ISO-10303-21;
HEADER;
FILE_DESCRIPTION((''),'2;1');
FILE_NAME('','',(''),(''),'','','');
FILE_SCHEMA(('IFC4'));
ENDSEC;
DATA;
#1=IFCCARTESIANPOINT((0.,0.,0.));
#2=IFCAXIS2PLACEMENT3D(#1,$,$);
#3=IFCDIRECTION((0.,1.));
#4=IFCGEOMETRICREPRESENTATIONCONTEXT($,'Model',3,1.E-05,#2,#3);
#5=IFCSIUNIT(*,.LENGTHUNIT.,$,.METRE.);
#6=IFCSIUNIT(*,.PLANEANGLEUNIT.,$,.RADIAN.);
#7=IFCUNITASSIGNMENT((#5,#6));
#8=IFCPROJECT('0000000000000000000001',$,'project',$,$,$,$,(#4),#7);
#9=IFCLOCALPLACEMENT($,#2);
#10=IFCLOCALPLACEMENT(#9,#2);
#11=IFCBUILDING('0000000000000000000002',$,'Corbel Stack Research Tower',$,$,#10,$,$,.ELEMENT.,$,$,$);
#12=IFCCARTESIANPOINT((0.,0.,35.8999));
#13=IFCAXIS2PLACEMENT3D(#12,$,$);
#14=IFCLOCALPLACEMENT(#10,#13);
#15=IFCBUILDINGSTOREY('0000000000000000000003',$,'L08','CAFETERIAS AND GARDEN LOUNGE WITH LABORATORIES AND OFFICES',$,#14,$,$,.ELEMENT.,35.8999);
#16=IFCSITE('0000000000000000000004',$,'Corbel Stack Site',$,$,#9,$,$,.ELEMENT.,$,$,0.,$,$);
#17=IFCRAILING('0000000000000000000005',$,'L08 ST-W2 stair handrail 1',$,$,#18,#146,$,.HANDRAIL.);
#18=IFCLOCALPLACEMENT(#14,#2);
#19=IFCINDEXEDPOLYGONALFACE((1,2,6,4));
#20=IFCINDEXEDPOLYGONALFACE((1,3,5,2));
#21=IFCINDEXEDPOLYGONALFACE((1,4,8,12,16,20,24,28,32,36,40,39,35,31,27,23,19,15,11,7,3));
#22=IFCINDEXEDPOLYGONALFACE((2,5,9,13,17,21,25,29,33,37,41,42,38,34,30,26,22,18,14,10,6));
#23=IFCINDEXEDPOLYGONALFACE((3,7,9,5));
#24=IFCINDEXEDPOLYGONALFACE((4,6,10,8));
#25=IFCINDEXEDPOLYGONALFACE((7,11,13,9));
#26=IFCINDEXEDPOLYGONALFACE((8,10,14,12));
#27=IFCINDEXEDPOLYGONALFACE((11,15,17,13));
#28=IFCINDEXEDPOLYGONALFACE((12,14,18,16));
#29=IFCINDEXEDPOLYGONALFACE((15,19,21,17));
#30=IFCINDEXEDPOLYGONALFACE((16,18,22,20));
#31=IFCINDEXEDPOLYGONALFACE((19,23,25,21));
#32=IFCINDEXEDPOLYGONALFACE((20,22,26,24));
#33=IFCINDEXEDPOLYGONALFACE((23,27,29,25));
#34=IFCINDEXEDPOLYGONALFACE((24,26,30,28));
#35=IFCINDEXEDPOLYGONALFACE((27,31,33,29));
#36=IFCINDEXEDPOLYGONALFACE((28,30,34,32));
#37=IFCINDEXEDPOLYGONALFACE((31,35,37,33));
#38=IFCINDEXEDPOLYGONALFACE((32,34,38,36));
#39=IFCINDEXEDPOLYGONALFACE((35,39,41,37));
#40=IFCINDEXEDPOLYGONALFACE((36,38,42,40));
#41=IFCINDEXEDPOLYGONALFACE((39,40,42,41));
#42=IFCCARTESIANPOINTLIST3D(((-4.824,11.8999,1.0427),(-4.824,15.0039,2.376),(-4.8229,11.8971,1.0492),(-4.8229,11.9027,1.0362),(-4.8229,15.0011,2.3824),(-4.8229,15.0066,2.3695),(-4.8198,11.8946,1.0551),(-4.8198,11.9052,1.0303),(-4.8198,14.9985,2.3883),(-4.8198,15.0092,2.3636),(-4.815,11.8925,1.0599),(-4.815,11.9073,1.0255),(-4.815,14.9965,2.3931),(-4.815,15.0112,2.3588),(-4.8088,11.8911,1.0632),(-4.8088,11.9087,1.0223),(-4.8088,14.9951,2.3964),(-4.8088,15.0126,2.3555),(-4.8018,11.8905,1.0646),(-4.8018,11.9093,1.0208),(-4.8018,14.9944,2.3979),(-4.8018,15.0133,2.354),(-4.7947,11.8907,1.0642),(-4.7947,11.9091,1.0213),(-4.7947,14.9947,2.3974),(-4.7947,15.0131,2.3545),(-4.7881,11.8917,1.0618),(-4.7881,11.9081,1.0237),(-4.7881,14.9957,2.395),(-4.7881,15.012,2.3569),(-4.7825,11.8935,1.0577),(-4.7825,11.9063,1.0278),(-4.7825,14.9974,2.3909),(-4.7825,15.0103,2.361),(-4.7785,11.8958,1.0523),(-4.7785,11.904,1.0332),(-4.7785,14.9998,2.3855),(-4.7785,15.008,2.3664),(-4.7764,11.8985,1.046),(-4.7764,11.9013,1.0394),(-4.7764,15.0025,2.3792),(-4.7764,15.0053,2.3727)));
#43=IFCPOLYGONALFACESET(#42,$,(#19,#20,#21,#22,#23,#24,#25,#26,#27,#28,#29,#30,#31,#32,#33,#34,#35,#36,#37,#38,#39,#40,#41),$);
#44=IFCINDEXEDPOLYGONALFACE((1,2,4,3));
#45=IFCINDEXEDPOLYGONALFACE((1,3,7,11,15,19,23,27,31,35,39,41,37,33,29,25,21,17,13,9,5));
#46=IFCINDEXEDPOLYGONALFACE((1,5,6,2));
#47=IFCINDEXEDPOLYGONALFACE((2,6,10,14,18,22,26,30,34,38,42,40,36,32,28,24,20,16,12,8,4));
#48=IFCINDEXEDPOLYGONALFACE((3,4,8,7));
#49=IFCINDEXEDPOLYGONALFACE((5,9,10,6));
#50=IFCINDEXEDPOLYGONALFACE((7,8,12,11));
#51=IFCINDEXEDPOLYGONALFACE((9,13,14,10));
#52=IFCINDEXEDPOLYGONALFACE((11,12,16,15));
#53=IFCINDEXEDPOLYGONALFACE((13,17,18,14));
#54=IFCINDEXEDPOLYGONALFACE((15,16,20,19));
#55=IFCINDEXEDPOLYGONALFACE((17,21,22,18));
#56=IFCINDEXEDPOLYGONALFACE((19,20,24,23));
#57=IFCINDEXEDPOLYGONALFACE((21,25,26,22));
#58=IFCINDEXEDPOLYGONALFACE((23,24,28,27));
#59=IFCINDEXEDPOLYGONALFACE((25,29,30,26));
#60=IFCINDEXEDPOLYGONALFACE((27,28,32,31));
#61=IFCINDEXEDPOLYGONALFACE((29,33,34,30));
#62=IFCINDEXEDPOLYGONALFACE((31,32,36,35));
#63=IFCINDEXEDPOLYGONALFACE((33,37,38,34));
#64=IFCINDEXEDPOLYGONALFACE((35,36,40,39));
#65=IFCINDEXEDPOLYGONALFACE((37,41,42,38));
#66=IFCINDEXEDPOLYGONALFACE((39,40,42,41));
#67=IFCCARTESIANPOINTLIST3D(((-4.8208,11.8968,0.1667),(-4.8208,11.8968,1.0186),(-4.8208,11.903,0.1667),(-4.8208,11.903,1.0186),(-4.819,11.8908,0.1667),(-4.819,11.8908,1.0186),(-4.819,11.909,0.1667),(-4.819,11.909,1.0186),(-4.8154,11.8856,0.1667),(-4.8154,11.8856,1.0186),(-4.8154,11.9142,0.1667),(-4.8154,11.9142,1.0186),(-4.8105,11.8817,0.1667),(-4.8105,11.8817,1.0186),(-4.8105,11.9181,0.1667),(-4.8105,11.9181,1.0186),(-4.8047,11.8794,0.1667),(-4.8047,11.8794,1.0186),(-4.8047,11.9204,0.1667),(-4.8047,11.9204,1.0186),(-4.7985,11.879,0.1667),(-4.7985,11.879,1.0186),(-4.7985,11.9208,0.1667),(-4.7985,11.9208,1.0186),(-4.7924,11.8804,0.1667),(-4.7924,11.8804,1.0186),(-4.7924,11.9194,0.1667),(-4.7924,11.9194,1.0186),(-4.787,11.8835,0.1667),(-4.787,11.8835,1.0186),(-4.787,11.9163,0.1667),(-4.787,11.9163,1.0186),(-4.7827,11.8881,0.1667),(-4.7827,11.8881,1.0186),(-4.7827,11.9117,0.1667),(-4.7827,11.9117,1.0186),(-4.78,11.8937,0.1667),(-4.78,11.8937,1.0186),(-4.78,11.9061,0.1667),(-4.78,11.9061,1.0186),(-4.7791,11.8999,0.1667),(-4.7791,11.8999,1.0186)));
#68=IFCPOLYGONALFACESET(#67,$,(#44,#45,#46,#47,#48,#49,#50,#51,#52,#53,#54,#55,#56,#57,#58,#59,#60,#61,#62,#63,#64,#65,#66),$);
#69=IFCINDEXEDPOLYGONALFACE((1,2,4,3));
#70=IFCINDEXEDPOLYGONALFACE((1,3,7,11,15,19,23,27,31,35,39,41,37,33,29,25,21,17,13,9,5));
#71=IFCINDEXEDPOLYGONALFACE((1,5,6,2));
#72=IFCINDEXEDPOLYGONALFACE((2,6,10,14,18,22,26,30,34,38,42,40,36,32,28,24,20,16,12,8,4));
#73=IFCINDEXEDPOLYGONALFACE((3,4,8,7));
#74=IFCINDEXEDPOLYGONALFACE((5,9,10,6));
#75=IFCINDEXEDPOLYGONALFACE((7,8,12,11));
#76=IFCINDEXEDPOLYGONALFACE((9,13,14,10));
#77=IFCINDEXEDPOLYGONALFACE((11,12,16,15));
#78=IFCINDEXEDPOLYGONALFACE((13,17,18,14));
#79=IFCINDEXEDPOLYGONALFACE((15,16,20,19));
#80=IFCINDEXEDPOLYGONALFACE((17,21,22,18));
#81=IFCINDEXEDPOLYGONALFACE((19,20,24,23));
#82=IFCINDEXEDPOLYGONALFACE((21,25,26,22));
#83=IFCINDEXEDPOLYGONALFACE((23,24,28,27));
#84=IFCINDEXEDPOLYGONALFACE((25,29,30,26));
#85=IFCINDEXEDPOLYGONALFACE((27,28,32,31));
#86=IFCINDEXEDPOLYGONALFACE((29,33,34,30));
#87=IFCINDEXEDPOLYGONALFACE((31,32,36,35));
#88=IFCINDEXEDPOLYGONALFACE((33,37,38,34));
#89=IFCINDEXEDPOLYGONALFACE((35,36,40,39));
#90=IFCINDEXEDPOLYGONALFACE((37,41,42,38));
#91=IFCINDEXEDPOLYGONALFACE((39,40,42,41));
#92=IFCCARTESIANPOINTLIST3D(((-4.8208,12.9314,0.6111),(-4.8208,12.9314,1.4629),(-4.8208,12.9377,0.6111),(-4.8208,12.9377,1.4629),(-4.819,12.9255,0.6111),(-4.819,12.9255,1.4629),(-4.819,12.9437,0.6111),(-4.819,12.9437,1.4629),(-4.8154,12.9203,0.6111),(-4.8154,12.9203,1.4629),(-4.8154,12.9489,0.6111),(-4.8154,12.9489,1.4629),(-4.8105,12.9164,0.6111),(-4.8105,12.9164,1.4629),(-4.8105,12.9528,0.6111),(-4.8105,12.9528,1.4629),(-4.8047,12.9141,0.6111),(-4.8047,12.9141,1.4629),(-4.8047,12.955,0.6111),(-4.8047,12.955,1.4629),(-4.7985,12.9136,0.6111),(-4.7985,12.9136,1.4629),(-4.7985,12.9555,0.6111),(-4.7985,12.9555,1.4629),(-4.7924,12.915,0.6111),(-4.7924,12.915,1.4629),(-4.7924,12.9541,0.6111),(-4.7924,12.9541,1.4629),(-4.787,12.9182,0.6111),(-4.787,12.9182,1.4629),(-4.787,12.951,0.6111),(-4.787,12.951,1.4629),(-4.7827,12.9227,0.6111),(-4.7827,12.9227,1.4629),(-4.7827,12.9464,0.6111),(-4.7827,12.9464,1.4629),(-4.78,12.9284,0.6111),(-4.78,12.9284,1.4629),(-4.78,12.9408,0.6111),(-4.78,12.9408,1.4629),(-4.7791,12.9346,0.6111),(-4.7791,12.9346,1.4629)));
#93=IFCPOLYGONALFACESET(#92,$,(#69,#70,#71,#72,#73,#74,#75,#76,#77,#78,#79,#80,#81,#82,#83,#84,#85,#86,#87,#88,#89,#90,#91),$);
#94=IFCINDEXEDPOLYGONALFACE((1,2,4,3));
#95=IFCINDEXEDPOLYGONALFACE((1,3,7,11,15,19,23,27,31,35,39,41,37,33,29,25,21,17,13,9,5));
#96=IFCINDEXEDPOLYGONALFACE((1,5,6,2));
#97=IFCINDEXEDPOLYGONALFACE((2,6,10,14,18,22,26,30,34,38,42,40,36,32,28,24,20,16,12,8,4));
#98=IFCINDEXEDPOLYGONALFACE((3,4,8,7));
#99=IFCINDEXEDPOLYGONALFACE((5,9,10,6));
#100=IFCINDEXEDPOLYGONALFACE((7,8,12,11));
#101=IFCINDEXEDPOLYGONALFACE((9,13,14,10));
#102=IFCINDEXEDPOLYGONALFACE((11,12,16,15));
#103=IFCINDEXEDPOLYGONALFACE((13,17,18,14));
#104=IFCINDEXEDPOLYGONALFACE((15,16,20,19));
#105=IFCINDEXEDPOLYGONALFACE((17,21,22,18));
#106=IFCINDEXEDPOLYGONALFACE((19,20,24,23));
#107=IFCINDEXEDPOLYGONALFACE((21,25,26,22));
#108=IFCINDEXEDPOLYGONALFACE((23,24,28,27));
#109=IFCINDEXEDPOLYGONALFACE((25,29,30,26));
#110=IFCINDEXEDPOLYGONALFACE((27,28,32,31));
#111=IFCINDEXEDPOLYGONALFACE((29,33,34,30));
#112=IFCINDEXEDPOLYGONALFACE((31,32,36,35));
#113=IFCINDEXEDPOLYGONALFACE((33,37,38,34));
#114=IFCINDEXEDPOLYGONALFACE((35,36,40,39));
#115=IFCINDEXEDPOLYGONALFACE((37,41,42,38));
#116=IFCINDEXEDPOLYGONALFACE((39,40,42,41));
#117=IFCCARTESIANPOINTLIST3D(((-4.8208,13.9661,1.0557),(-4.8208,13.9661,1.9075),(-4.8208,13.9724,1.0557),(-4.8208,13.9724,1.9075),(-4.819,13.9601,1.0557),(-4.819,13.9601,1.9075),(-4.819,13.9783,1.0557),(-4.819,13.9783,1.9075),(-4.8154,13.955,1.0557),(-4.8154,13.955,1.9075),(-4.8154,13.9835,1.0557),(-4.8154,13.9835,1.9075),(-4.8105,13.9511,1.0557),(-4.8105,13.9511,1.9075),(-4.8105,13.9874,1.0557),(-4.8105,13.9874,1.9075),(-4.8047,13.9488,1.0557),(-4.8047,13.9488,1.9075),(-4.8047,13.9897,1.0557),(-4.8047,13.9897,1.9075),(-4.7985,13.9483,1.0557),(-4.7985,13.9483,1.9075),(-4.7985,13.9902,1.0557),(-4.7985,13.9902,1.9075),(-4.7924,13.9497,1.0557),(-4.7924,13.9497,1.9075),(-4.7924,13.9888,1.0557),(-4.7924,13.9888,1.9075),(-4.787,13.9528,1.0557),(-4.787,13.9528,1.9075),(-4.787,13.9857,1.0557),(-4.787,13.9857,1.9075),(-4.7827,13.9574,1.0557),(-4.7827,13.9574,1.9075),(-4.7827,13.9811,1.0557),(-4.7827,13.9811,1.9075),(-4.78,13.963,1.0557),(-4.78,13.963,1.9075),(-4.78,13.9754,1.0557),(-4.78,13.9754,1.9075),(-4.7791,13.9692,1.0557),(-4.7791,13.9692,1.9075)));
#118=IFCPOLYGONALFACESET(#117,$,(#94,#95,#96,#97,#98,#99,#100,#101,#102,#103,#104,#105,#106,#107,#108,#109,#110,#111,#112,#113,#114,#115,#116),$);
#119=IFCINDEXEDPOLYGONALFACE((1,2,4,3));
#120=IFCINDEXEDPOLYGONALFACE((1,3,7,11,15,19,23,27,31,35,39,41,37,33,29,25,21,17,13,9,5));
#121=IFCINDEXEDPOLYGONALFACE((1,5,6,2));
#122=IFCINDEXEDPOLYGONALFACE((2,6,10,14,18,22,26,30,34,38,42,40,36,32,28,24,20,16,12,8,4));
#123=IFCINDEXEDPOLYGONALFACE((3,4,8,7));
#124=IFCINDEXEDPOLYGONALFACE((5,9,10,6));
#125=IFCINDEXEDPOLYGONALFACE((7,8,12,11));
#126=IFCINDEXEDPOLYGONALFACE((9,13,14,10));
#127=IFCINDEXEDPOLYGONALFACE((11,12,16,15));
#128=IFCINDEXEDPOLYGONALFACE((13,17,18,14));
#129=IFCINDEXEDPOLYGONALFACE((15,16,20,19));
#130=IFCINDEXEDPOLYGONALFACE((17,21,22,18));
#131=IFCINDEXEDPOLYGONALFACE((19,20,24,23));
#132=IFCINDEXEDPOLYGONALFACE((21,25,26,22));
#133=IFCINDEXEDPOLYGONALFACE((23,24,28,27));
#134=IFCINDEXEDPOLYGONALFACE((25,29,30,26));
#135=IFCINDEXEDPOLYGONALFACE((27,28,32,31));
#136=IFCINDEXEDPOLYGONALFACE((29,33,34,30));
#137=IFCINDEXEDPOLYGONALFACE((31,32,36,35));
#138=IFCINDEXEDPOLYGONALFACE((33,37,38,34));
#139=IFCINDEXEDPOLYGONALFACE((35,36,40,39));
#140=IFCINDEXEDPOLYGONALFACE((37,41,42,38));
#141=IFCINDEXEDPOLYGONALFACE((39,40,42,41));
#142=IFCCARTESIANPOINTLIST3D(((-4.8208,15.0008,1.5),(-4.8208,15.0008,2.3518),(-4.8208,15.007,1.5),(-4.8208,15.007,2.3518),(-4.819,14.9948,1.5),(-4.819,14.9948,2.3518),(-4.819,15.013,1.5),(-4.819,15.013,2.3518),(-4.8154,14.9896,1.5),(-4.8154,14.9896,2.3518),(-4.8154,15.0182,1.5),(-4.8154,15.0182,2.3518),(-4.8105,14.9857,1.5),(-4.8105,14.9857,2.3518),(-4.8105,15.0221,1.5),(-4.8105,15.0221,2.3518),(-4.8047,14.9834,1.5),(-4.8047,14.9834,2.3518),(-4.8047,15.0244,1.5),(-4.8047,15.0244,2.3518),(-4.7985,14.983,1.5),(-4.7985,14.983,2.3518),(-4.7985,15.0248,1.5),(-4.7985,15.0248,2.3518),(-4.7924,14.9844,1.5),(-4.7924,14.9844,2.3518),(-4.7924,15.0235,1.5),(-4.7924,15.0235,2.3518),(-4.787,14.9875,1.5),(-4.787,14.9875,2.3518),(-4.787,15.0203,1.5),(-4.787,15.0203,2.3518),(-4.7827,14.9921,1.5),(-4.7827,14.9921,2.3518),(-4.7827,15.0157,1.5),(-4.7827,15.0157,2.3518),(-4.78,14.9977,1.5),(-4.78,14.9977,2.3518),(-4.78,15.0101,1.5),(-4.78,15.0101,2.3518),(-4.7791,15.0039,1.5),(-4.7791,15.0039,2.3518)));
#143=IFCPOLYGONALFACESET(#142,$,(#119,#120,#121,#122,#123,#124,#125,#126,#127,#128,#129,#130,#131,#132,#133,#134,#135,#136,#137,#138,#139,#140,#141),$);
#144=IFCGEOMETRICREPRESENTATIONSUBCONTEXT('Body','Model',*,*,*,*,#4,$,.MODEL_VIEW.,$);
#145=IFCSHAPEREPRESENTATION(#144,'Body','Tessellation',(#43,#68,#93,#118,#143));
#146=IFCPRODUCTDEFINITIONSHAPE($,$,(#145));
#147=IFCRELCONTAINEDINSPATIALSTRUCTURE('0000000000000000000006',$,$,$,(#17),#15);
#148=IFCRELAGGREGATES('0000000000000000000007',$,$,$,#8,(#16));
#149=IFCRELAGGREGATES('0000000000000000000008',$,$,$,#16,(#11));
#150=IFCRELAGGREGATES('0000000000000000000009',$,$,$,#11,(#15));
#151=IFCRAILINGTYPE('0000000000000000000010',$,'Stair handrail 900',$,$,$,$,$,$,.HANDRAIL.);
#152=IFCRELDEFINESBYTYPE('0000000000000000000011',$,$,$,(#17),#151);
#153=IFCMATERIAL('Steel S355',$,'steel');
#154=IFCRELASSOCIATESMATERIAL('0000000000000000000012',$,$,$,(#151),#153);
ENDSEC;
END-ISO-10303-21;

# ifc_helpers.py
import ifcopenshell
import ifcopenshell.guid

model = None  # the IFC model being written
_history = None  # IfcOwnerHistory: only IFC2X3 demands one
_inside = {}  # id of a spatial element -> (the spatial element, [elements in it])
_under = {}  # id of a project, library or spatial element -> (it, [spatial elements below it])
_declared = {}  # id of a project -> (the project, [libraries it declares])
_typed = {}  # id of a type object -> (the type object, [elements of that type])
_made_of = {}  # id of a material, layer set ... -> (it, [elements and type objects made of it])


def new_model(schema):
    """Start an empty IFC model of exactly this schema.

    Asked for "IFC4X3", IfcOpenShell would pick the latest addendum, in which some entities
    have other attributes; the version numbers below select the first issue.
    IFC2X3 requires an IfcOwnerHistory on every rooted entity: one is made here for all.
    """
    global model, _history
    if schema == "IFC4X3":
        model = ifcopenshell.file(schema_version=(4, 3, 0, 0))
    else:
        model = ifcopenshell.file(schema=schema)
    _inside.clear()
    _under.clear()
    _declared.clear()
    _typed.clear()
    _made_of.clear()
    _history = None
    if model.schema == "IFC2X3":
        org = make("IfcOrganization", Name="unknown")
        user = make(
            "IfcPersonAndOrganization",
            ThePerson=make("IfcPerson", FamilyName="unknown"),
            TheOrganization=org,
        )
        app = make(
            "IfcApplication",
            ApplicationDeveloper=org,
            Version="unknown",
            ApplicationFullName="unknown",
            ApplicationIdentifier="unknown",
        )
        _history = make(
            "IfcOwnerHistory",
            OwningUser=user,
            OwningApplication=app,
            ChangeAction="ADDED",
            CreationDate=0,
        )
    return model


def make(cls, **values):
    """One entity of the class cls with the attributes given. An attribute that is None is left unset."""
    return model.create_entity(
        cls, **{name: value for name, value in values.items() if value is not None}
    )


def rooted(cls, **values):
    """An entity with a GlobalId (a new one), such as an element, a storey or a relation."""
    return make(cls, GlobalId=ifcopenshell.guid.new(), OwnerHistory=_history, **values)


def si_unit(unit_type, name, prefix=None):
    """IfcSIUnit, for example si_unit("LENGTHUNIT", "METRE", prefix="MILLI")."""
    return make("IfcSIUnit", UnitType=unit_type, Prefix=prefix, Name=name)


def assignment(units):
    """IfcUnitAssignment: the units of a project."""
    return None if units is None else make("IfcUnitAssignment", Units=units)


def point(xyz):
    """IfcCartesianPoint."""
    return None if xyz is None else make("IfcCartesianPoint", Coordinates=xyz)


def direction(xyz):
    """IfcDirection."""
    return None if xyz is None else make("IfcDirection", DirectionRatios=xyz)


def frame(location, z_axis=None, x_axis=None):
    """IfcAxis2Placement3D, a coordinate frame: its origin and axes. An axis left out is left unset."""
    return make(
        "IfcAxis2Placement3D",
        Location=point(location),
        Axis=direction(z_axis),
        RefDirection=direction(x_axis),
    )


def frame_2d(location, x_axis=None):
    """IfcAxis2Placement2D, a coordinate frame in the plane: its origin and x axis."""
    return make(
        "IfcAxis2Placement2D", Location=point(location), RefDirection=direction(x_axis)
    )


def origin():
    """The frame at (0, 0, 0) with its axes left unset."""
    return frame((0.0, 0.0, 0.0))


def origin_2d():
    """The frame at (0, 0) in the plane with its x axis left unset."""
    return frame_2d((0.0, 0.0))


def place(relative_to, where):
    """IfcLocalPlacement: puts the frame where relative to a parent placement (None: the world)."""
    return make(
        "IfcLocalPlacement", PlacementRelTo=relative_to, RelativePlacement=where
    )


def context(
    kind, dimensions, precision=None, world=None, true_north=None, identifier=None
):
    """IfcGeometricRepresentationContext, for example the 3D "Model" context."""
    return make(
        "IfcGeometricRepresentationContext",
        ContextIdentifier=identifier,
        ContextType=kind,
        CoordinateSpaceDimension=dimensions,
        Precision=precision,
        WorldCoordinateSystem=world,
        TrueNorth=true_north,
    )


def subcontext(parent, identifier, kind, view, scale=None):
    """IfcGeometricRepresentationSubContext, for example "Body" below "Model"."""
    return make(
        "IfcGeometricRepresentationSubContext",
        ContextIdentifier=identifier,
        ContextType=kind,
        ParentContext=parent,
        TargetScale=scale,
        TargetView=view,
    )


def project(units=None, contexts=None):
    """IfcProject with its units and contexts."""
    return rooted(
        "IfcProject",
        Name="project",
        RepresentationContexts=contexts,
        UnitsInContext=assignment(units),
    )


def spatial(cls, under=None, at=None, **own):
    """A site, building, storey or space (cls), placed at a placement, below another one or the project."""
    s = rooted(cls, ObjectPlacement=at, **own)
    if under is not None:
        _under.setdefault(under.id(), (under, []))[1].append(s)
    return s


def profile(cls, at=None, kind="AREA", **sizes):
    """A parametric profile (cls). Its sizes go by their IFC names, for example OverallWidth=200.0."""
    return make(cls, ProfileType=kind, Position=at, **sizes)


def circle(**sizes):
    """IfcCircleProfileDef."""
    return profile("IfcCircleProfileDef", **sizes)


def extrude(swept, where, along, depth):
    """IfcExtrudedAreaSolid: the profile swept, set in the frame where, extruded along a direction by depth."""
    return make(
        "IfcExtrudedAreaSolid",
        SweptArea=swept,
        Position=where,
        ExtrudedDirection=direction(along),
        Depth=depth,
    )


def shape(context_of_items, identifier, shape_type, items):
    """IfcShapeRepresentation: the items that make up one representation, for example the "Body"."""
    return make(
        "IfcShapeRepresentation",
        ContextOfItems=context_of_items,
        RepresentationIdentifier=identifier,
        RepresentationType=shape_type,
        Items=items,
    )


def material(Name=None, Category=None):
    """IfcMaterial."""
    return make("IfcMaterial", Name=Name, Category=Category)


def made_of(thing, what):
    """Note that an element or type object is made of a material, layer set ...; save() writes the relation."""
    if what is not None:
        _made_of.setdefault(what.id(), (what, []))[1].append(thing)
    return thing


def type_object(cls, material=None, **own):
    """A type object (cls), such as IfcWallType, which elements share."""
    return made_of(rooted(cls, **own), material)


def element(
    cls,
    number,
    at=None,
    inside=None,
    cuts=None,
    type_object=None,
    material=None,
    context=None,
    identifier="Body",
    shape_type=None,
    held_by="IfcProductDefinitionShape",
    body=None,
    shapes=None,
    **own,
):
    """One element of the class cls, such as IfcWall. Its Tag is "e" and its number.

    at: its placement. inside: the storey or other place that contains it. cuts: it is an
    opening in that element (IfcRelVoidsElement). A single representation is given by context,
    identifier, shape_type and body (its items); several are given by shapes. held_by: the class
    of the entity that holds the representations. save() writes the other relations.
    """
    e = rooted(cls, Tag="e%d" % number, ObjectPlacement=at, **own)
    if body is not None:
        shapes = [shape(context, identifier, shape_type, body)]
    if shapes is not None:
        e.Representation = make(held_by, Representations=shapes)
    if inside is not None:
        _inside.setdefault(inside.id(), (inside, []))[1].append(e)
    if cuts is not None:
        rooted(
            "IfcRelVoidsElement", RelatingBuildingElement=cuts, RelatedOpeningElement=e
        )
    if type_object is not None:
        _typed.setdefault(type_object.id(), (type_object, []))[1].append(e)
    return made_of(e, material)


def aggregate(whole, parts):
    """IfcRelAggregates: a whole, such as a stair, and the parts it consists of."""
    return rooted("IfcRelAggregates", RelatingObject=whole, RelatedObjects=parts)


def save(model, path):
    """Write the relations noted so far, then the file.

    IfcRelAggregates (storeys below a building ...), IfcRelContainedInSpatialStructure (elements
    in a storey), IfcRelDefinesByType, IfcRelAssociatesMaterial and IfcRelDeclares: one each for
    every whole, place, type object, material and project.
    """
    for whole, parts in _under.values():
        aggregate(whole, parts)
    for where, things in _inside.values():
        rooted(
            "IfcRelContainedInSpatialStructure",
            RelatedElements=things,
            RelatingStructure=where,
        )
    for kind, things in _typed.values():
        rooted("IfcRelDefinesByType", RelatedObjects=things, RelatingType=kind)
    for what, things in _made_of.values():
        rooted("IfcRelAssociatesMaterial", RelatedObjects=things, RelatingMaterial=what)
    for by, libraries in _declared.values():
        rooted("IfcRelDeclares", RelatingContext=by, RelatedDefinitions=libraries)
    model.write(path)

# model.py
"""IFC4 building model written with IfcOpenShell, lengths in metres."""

from ifc_helpers import new_model, si_unit, direction, frame, origin, origin_2d, place, context, subcontext, project, spatial, circle, extrude, material, type_object, element, save


model = new_model("IFC4")

# Units and contexts
model_context = context("Model", 3, precision=1e-05, world=origin(), true_north=direction((0.0, 1.0)))
body_context = subcontext(model_context, "Body", "Model", "MODEL_VIEW")
ifc_project = project(units=[si_unit("LENGTHUNIT", "METRE"), si_unit("PLANEANGLEUNIT", "RADIAN")], contexts=[model_context])

# Site, building, storey
site_placement = place(None, origin())
site = spatial("IfcSite", under=ifc_project, at=site_placement, Name="Corbel Stack Site", CompositionType="ELEMENT", RefElevation=0.0)
building_placement = place(site_placement, origin())
building = spatial("IfcBuilding", under=site, at=building_placement, Name="Corbel Stack Research Tower", CompositionType="ELEMENT")
storey_placement = place(building_placement, frame((0.0, 0.0, 35.8999)))
storey = spatial("IfcBuildingStorey", under=building, at=storey_placement, Name="L08", Description="CAFETERIAS AND GARDEN LOUNGE WITH LABORATORIES AND OFFICES", CompositionType="ELEMENT", Elevation=35.8999)

# Railing
ifc_material_1 = material(Name="Steel S355", Category="steel")
railing_type_1 = type_object("IfcRailingType", Name="Stair handrail 900", PredefinedType="HANDRAIL", material=ifc_material_1)
railing_1_placement = place(storey_placement, frame((-4.8, 11.8999, 0.1667)))
element("IfcRailing", 1, at=railing_1_placement, inside=storey, type_object=railing_type_1, Name="L08 ST-W2 stair handrail 1", PredefinedType="HANDRAIL", context=body_context, shape_type="SweptSolid", body=[
    extrude(circle(Radius=0.0239, at=origin_2d()), frame((0.0, 0.0, 0.876), z_axis=(0.0, 0.918827, 0.394661), x_axis=(-1.0, 0.0, 0.0)), (0.0, 0.0, 1.0), 3.3782),
    extrude(circle(Radius=0.021, at=origin_2d()), origin(), (0.0, 0.0, 1.0), 0.8518),
    extrude(circle(Radius=0.021, at=origin_2d()), frame((0.0, 1.0347, 0.4443)), (0.0, 0.0, 1.0), 0.8518),
    extrude(circle(Radius=0.021, at=origin_2d()), frame((0.0, 2.0693, 0.8889)), (0.0, 0.0, 1.0), 0.8518),
    extrude(circle(Radius=0.021, at=origin_2d()), frame((0.0, 3.104, 1.3333)), (0.0, 0.0, 1.0), 0.8518),
])

save(model, "model.ifc")
